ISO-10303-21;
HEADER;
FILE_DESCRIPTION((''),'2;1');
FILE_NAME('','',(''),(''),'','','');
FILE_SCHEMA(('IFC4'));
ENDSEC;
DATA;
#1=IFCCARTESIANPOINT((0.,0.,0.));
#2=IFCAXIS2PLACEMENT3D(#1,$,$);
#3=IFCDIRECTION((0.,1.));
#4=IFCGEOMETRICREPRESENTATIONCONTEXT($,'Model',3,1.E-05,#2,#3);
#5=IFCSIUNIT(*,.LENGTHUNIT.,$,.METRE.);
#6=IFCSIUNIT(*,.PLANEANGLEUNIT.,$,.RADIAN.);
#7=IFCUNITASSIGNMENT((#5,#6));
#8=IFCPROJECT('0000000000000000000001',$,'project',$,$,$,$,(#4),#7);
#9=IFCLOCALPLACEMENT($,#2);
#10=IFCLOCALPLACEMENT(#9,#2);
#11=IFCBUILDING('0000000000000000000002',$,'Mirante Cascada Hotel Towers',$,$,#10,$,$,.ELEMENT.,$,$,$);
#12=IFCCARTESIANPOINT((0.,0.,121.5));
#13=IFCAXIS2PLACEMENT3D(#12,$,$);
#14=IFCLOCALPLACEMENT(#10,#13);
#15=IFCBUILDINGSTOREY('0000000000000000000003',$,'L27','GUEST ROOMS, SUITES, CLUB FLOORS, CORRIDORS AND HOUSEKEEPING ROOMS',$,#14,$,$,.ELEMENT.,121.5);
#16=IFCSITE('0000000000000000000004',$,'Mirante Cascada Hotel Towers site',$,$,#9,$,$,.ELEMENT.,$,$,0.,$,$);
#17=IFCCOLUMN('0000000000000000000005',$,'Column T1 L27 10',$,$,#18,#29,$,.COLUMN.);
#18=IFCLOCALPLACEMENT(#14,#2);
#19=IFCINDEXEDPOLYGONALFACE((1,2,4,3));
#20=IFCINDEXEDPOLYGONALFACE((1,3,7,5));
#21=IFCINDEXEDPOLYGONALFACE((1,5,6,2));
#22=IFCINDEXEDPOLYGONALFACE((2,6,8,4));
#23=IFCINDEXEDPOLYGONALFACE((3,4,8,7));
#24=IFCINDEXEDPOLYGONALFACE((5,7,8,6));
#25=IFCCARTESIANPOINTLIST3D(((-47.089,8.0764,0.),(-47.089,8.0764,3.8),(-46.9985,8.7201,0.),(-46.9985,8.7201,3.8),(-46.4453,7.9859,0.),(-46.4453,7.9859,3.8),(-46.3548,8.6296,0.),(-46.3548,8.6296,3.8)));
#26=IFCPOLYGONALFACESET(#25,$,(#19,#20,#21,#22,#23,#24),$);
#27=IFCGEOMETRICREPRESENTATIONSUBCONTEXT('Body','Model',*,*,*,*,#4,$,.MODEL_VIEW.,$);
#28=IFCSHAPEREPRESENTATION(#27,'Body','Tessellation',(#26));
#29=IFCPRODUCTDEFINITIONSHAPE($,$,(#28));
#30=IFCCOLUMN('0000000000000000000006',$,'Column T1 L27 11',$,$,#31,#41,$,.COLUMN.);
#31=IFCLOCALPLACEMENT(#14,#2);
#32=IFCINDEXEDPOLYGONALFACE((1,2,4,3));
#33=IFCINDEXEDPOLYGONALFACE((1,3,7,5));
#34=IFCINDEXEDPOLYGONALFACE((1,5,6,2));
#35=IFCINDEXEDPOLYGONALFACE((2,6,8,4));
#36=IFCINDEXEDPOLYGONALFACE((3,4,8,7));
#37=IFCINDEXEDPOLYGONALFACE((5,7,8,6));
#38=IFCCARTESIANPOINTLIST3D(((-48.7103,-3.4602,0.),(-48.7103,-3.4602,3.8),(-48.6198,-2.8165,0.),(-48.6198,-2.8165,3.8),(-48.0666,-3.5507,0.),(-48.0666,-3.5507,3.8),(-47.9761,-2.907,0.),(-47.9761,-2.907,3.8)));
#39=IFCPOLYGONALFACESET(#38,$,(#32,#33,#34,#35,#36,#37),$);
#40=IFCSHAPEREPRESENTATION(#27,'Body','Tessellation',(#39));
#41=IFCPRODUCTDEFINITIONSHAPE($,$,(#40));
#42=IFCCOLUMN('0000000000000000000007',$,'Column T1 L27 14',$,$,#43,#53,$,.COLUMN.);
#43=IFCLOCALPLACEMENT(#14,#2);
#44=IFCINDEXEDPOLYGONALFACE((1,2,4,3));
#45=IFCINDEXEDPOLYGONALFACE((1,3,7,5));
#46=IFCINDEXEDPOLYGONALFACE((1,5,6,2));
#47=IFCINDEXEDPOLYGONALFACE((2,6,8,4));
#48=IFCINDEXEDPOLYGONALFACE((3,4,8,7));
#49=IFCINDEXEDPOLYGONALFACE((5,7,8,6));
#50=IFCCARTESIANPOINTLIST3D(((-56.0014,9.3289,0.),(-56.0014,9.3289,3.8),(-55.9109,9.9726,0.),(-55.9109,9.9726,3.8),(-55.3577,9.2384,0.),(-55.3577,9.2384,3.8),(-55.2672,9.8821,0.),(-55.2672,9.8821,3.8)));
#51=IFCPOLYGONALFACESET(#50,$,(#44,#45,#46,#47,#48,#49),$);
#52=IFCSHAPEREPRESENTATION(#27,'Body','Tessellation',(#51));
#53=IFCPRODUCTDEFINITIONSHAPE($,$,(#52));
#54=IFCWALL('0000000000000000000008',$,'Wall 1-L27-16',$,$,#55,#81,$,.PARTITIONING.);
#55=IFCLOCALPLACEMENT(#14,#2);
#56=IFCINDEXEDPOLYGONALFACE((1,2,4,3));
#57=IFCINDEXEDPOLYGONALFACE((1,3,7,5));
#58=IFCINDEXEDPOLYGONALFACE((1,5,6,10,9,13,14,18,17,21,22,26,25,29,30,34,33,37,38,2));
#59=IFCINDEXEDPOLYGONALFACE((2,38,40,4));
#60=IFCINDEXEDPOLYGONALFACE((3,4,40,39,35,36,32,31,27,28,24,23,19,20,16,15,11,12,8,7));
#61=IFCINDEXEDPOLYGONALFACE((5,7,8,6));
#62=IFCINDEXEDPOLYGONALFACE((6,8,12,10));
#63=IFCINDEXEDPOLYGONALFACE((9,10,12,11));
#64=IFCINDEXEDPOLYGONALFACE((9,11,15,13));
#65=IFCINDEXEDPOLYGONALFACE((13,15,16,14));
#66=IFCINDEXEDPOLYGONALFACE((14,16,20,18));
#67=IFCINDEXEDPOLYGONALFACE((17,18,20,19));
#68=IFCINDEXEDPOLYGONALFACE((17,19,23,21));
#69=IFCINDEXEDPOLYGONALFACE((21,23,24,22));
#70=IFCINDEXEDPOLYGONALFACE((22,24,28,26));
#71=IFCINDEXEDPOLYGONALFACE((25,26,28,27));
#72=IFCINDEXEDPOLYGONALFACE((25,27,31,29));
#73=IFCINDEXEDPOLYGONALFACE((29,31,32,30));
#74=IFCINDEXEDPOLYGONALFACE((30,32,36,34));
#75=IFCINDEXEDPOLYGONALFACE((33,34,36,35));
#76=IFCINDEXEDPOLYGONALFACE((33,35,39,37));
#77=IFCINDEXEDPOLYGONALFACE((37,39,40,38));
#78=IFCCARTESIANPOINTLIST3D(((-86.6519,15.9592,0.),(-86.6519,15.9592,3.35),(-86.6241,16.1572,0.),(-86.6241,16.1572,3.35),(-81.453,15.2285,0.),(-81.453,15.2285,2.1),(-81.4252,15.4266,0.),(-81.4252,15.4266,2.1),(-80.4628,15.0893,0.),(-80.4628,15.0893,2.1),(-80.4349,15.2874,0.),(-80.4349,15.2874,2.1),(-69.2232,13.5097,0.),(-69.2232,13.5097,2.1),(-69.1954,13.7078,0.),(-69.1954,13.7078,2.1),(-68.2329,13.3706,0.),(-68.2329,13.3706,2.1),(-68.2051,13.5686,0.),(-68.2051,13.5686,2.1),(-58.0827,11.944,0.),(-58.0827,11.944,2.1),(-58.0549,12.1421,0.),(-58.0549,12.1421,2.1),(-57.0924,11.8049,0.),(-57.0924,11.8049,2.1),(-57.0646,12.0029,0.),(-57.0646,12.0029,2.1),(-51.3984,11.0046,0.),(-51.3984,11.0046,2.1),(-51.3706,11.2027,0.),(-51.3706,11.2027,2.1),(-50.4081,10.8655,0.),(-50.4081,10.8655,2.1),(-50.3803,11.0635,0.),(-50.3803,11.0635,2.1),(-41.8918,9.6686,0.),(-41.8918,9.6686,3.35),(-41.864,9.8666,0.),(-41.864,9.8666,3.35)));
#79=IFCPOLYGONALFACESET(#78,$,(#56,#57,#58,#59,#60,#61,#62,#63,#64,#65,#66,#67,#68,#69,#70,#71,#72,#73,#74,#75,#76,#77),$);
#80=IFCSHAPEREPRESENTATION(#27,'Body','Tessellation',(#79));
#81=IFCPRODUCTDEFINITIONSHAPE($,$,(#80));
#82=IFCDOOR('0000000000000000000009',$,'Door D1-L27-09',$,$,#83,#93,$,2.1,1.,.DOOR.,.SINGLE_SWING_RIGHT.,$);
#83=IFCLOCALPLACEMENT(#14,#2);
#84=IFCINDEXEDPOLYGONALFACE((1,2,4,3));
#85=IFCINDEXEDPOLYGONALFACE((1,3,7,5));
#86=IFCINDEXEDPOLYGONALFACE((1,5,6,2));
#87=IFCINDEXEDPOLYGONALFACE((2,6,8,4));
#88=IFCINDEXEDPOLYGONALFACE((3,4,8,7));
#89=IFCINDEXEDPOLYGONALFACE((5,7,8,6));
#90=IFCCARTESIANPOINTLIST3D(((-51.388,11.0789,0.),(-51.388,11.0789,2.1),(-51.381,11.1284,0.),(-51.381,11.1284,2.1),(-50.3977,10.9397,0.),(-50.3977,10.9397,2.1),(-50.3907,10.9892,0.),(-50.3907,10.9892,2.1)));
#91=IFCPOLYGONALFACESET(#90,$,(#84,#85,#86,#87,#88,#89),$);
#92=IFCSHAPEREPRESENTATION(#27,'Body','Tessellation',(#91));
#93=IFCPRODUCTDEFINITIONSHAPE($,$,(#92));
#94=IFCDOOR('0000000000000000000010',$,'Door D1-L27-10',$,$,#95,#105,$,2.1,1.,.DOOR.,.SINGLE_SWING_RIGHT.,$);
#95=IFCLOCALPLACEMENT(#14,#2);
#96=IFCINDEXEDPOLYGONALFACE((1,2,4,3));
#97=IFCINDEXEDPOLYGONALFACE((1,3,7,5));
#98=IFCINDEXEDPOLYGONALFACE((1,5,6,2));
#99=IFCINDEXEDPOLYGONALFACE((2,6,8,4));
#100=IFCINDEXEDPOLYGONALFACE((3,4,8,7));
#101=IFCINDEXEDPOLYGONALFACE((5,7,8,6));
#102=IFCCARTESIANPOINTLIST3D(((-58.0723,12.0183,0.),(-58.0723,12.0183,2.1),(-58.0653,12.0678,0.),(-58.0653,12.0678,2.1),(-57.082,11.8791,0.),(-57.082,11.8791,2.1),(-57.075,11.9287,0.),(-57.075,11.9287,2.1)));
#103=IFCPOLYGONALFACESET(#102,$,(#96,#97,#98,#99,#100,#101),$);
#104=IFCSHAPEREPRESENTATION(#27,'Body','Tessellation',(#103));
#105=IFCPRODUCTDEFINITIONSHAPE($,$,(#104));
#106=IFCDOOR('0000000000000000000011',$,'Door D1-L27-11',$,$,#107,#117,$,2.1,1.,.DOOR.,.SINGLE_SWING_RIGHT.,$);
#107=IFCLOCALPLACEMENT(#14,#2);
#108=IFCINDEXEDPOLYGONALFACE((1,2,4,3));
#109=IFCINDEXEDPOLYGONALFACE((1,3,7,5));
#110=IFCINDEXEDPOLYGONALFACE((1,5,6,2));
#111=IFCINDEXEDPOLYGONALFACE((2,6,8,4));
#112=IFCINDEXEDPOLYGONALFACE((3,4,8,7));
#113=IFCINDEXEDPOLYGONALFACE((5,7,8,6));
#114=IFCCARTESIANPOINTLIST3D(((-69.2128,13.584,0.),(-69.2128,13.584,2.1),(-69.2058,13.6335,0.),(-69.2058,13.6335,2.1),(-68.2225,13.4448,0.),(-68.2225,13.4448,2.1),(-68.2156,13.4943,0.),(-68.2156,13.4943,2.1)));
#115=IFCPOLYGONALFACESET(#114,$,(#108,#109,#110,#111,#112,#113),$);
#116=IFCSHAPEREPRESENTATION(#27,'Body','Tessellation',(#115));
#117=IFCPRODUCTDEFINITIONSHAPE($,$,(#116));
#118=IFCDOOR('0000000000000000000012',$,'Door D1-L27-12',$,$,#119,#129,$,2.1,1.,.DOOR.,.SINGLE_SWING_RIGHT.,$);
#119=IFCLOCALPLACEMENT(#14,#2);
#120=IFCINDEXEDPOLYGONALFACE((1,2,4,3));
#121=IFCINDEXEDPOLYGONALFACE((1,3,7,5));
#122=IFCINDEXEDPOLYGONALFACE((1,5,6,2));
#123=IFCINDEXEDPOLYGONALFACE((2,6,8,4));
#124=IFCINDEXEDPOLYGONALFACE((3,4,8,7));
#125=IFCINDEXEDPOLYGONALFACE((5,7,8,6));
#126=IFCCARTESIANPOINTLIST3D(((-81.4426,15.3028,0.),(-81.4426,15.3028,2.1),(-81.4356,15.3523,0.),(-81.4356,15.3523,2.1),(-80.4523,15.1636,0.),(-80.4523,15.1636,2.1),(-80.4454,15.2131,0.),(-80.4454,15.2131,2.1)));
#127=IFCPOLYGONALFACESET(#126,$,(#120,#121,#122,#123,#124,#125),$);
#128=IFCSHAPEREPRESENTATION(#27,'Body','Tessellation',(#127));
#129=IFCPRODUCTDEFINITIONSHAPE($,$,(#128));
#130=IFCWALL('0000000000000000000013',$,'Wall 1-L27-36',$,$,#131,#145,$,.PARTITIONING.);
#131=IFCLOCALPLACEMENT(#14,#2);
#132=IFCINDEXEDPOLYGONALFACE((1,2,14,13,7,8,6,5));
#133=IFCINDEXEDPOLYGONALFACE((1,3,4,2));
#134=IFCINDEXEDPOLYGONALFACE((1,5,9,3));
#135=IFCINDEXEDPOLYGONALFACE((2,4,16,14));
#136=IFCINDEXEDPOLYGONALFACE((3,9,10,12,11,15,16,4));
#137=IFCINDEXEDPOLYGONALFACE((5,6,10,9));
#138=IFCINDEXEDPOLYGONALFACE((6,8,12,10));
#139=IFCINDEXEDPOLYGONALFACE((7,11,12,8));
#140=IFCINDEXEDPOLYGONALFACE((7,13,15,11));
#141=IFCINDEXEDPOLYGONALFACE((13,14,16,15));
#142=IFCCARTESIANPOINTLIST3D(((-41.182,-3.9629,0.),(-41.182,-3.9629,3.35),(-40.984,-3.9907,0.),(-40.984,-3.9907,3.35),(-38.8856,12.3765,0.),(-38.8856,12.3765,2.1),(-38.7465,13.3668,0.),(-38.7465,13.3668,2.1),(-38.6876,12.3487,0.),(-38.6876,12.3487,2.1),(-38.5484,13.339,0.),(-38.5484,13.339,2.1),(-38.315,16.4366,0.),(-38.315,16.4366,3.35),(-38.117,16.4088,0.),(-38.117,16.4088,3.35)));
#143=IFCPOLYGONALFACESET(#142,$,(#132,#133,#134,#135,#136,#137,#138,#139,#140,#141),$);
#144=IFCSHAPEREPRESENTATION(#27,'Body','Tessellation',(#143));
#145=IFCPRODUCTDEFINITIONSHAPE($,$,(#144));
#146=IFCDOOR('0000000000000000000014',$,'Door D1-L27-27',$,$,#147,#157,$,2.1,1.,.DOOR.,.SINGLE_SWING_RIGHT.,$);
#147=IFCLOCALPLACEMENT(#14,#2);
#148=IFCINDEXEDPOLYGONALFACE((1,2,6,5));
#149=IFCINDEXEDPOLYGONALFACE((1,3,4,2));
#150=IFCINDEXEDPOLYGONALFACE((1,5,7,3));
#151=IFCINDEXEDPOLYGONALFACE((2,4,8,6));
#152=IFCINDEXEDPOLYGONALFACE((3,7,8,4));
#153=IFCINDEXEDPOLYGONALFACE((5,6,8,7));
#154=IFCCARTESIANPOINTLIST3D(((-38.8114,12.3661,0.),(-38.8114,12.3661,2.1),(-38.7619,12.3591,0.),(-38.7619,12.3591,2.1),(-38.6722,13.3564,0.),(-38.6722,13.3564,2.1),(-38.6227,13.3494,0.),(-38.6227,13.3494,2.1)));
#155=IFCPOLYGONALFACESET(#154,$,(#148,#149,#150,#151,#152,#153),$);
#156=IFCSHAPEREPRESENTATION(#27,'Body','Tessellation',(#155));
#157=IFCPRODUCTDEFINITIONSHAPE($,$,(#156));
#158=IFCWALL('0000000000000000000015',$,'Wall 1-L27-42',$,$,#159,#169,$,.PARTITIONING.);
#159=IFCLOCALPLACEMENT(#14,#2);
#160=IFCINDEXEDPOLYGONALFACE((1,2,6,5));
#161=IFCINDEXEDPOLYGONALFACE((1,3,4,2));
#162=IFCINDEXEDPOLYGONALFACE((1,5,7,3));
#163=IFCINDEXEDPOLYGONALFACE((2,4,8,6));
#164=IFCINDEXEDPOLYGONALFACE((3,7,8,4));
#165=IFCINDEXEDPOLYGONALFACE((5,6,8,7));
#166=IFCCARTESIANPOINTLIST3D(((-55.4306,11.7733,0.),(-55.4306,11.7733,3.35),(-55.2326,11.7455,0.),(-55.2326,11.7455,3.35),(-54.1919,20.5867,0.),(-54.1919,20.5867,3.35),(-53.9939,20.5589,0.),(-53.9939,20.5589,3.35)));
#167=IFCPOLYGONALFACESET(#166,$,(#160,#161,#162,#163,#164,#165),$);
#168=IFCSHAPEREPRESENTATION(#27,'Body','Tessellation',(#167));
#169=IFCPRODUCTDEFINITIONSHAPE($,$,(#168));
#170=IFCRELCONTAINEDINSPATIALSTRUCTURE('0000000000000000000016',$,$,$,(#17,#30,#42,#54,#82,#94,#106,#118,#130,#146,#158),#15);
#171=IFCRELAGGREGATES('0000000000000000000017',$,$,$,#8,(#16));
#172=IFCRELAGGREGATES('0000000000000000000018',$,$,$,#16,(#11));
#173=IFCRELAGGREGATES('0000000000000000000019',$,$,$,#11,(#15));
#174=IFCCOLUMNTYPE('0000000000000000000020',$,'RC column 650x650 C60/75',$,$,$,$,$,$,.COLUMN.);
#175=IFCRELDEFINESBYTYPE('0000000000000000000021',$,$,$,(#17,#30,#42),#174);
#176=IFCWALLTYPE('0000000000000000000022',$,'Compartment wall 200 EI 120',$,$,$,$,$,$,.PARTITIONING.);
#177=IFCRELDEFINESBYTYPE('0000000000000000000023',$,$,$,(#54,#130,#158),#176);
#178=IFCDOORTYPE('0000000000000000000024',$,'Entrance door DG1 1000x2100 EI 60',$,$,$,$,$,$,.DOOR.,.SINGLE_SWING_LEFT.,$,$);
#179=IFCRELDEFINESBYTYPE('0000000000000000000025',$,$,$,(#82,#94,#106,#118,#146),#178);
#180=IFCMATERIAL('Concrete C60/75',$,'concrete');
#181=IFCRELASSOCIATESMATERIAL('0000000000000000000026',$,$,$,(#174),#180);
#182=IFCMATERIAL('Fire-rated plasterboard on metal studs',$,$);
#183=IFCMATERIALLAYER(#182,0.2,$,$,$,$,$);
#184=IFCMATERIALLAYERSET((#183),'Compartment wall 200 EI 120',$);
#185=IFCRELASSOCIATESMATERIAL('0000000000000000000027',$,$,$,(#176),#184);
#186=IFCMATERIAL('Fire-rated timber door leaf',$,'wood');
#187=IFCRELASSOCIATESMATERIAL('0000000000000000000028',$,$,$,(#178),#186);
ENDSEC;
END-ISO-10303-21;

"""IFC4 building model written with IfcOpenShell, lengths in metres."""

from ifc_helpers import new_model, si_unit, direction, frame, frame_2d, origin, origin_2d, place, context, subcontext, project, spatial, rectangle, extrude, material, layer, layer_set, material_profile, profile_set, type_object, element, fill, save


model = new_model("IFC4")

# Units and contexts
model_context = context("Model", 3, precision=1e-05, world=origin(), true_north=direction((0.0, 1.0)))
body_context = subcontext(model_context, "Body", "Model", "MODEL_VIEW")
ifc_project = project(units=[si_unit("LENGTHUNIT", "METRE"), si_unit("PLANEANGLEUNIT", "RADIAN")], contexts=[model_context])

# Site, building, storey
site_placement = place(None, origin())
site = spatial("IfcSite", under=ifc_project, at=site_placement, Name="Mirante Cascada Hotel Towers site", CompositionType="ELEMENT", RefElevation=0.0)
building_placement = place(site_placement, origin())
building = spatial("IfcBuilding", under=site, at=building_placement, Name="Mirante Cascada Hotel Towers", CompositionType="ELEMENT")
storey_placement = place(building_placement, frame((0.0, 0.0, 121.5)))
storey = spatial("IfcBuildingStorey", under=building, at=storey_placement, Name="L27", Description="GUEST ROOMS, SUITES, CLUB FLOORS, CORRIDORS AND HOUSEKEEPING ROOMS", CompositionType="ELEMENT", Elevation=121.5)

# Columns
ifc_material_1 = material(Name="Concrete C60/75", Category="concrete")
ifc_material_profile = material_profile(ifc_material_1, rectangle(XDim=0.65, YDim=0.65, at=origin_2d()), Name="RC column 650x650 C60/75")
ifc_profile_set = profile_set([ifc_material_profile], Name="Concrete C60/75")
column_type = type_object("IfcColumnType", Name="RC column 650x650 C60/75", PredefinedType="COLUMN", material=ifc_profile_set)
for number, where, z_axis, x_axis, name in (
    (1, (-46.7219, 8.353, 0.0), (0.0, 0.0, 1.0), (-0.990268, 0.139173, 0.0), "Column T1 L27 10"),
    (2, (-48.3432, -3.1836, 0.0), (0.0, 0.0, 1.0), (-0.990268, 0.139173, 0.0), "Column T1 L27 11"),
    (3, (-55.6343, 9.6055, 0.0), (0.0, 0.0, 1.0), (-0.990268, 0.139173, 0.0), "Column T1 L27 14"),
):
    element("IfcColumn", number, at=place(storey_placement, frame(where, z_axis=z_axis, x_axis=x_axis)), inside=storey, type_object=column_type, Name=name, PredefinedType="COLUMN", context=body_context, shape_type="SweptSolid", body=[
        extrude(rectangle(XDim=0.65, YDim=0.65, at=origin_2d()), origin(), (0.0, 0.0, 1.0), 3.8),
    ])

# Wall, openings, doors
ifc_material_2 = material(Name="Fire-rated plasterboard on metal studs")
ifc_layer_1 = layer(ifc_material_2, 0.2)
ifc_layer_set_1 = layer_set([ifc_layer_1], Name="Compartment wall 200 EI 120")
wall_type_1 = type_object("IfcWallType", Name="Compartment wall 200 EI 120", PredefinedType="PARTITIONING", material=ifc_layer_set_1)
wall_1_placement = place(storey_placement, frame((-41.8779, 9.7676, 0.0), z_axis=(0.0, 0.0, 1.0), x_axis=(-0.990268, 0.139173, 0.0)))
wall_1 = element("IfcWall", 4, at=wall_1_placement, inside=storey, type_object=wall_type_1, Name="Wall 1-L27-16", PredefinedType="PARTITIONING", context=body_context, shape_type="SweptSolid", body=[
    extrude(rectangle(XDim=45.2, YDim=0.2, at=frame_2d((22.6, 0.0))), origin(), (0.0, 0.0, 1.0), 3.35),
])
opening_1_placement = place(wall_1_placement, frame((8.6, 0.0, 0.0)))
opening_1 = element("IfcOpeningElement", 5, at=opening_1_placement, cuts=wall_1, PredefinedType="OPENING", context=body_context, shape_type="SweptSolid", body=[
    extrude(rectangle(XDim=1.0, YDim=2.1, at=frame_2d((0.5, 1.05))), frame((0.0, 0.1, 0.0), z_axis=(0.0, -1.0, 0.0), x_axis=(1.0, 0.0, 0.0)), (0.0, 0.0, 1.0), 0.2),
])
opening_2_placement = place(wall_1_placement, frame((15.35, 0.0, 0.0)))
opening_2 = element("IfcOpeningElement", 6, at=opening_2_placement, cuts=wall_1, PredefinedType="OPENING", context=body_context, shape_type="SweptSolid", body=[
    extrude(rectangle(XDim=1.0, YDim=2.1, at=frame_2d((0.5, 1.05))), frame((0.0, 0.1, 0.0), z_axis=(0.0, -1.0, 0.0), x_axis=(1.0, 0.0, 0.0)), (0.0, 0.0, 1.0), 0.2),
])
opening_3_placement = place(wall_1_placement, frame((26.6, 0.0, 0.0)))
opening_3 = element("IfcOpeningElement", 7, at=opening_3_placement, cuts=wall_1, PredefinedType="OPENING", context=body_context, shape_type="SweptSolid", body=[
    extrude(rectangle(XDim=1.0, YDim=2.1, at=frame_2d((0.5, 1.05))), frame((0.0, 0.1, 0.0), z_axis=(0.0, -1.0, 0.0), x_axis=(1.0, 0.0, 0.0)), (0.0, 0.0, 1.0), 0.2),
])
opening_4_placement = place(wall_1_placement, frame((38.95, 0.0, 0.0)))
opening_4 = element("IfcOpeningElement", 8, at=opening_4_placement, cuts=wall_1, PredefinedType="OPENING", context=body_context, shape_type="SweptSolid", body=[
    extrude(rectangle(XDim=1.0, YDim=2.1, at=frame_2d((0.5, 1.05))), frame((0.0, 0.1, 0.0), z_axis=(0.0, -1.0, 0.0), x_axis=(1.0, 0.0, 0.0)), (0.0, 0.0, 1.0), 0.2),
])
ifc_material_3 = material(Name="Fire-rated timber door leaf", Category="wood")
door_type_1 = type_object("IfcDoorType", Name="Entrance door DG1 1000x2100 EI 60", OperationType="SINGLE_SWING_LEFT", PredefinedType="DOOR", material=ifc_material_3)
door_1_placement = place(opening_1_placement, frame((1.0, 0.0, 0.0), z_axis=(0.0, 0.0, 1.0), x_axis=(-1.0, 0.0, 0.0)))
door_1 = element("IfcDoor", 9, at=door_1_placement, inside=storey, type_object=door_type_1, Name="Door D1-L27-09", OperationType="SINGLE_SWING_RIGHT", OverallHeight=2.1, OverallWidth=1.0, PredefinedType="DOOR", context=body_context, shape_type="SweptSolid", body=[
    extrude(rectangle(XDim=1.0, YDim=2.1, at=frame_2d((0.5, 1.05))), frame((0.0, 0.025, 0.0), z_axis=(0.0, -1.0, 0.0), x_axis=(1.0, 0.0, 0.0)), (0.0, 0.0, 1.0), 0.05),
])
fill(opening_1, door_1)
door_2_placement = place(opening_2_placement, frame((1.0, 0.0, 0.0), z_axis=(0.0, 0.0, 1.0), x_axis=(-1.0, 0.0, 0.0)))
door_2 = element("IfcDoor", 10, at=door_2_placement, inside=storey, type_object=door_type_1, Name="Door D1-L27-10", OperationType="SINGLE_SWING_RIGHT", OverallHeight=2.1, OverallWidth=1.0, PredefinedType="DOOR", context=body_context, shape_type="SweptSolid", body=[
    extrude(rectangle(XDim=1.0, YDim=2.1, at=frame_2d((0.5, 1.05))), frame((0.0, 0.025, 0.0), z_axis=(0.0, -1.0, 0.0), x_axis=(1.0, 0.0, 0.0)), (0.0, 0.0, 1.0), 0.05),
])
fill(opening_2, door_2)
door_3_placement = place(opening_3_placement, frame((1.0, 0.0, 0.0), z_axis=(0.0, 0.0, 1.0), x_axis=(-1.0, 0.0, 0.0)))
door_3 = element("IfcDoor", 11, at=door_3_placement, inside=storey, type_object=door_type_1, Name="Door D1-L27-11", OperationType="SINGLE_SWING_RIGHT", OverallHeight=2.1, OverallWidth=1.0, PredefinedType="DOOR", context=body_context, shape_type="SweptSolid", body=[
    extrude(rectangle(XDim=1.0, YDim=2.1, at=frame_2d((0.5, 1.05))), frame((0.0, 0.025, 0.0), z_axis=(0.0, -1.0, 0.0), x_axis=(1.0, 0.0, 0.0)), (0.0, 0.0, 1.0), 0.05),
])
fill(opening_3, door_3)
door_4_placement = place(opening_4_placement, frame((1.0, 0.0, 0.0), z_axis=(0.0, 0.0, 1.0), x_axis=(-1.0, 0.0, 0.0)))
door_4 = element("IfcDoor", 12, at=door_4_placement, inside=storey, type_object=door_type_1, Name="Door D1-L27-12", OperationType="SINGLE_SWING_RIGHT", OverallHeight=2.1, OverallWidth=1.0, PredefinedType="DOOR", context=body_context, shape_type="SweptSolid", body=[
    extrude(rectangle(XDim=1.0, YDim=2.1, at=frame_2d((0.5, 1.05))), frame((0.0, 0.025, 0.0), z_axis=(0.0, -1.0, 0.0), x_axis=(1.0, 0.0, 0.0)), (0.0, 0.0, 1.0), 0.05),
])
fill(opening_4, door_4)

# Wall, opening, door
wall_2_placement = place(storey_placement, frame((-41.083, -3.9768, 0.0), z_axis=(0.0, 0.0, 1.0), x_axis=(0.139175, 0.990268, 0.0)))
wall_2 = element("IfcWall", 13, at=wall_2_placement, inside=storey, type_object=wall_type_1, Name="Wall 1-L27-36", PredefinedType="PARTITIONING", context=body_context, shape_type="SweptSolid", body=[
    extrude(rectangle(XDim=20.6, YDim=0.2, at=frame_2d((10.3, 0.0))), origin(), (0.0, 0.0, 1.0), 3.35),
])
opening_5_placement = place(wall_2_placement, frame((16.5, 0.0, 0.0)))
opening_5 = element("IfcOpeningElement", 14, at=opening_5_placement, cuts=wall_2, PredefinedType="OPENING", context=body_context, shape_type="SweptSolid", body=[
    extrude(rectangle(XDim=1.0, YDim=2.1, at=frame_2d((0.5, 1.05))), frame((0.0, 0.1, 0.0), z_axis=(0.0, -1.0, 0.0), x_axis=(1.0, 0.0, 0.0)), (0.0, 0.0, 1.0), 0.2),
])
door_5_placement = place(opening_5_placement, frame((1.0, 0.0, 0.0), z_axis=(0.0, 0.0, 1.0), x_axis=(-1.0, 0.0, 0.0)))
door_5 = element("IfcDoor", 15, at=door_5_placement, inside=storey, type_object=door_type_1, Name="Door D1-L27-27", OperationType="SINGLE_SWING_RIGHT", OverallHeight=2.1, OverallWidth=1.0, PredefinedType="DOOR", context=body_context, shape_type="SweptSolid", body=[
    extrude(rectangle(XDim=1.0, YDim=2.1, at=frame_2d((0.5, 1.05))), frame((0.0, 0.025, 0.0), z_axis=(0.0, -1.0, 0.0), x_axis=(1.0, 0.0, 0.0)), (0.0, 0.0, 1.0), 0.05),
])
fill(opening_5, door_5)

# Wall
wall_3_placement = place(storey_placement, frame((-55.3316, 11.7594, 0.0), z_axis=(0.0, 0.0, 1.0), x_axis=(0.139179, 0.990267, 0.0)))
element("IfcWall", 16, at=wall_3_placement, inside=storey, type_object=wall_type_1, Name="Wall 1-L27-42", PredefinedType="PARTITIONING", context=body_context, shape_type="SweptSolid", body=[
    extrude(rectangle(XDim=8.9, YDim=0.2, at=frame_2d((4.45, 0.0))), origin(), (0.0, 0.0, 1.0), 3.35),
])

save(model, "model.ifc")
